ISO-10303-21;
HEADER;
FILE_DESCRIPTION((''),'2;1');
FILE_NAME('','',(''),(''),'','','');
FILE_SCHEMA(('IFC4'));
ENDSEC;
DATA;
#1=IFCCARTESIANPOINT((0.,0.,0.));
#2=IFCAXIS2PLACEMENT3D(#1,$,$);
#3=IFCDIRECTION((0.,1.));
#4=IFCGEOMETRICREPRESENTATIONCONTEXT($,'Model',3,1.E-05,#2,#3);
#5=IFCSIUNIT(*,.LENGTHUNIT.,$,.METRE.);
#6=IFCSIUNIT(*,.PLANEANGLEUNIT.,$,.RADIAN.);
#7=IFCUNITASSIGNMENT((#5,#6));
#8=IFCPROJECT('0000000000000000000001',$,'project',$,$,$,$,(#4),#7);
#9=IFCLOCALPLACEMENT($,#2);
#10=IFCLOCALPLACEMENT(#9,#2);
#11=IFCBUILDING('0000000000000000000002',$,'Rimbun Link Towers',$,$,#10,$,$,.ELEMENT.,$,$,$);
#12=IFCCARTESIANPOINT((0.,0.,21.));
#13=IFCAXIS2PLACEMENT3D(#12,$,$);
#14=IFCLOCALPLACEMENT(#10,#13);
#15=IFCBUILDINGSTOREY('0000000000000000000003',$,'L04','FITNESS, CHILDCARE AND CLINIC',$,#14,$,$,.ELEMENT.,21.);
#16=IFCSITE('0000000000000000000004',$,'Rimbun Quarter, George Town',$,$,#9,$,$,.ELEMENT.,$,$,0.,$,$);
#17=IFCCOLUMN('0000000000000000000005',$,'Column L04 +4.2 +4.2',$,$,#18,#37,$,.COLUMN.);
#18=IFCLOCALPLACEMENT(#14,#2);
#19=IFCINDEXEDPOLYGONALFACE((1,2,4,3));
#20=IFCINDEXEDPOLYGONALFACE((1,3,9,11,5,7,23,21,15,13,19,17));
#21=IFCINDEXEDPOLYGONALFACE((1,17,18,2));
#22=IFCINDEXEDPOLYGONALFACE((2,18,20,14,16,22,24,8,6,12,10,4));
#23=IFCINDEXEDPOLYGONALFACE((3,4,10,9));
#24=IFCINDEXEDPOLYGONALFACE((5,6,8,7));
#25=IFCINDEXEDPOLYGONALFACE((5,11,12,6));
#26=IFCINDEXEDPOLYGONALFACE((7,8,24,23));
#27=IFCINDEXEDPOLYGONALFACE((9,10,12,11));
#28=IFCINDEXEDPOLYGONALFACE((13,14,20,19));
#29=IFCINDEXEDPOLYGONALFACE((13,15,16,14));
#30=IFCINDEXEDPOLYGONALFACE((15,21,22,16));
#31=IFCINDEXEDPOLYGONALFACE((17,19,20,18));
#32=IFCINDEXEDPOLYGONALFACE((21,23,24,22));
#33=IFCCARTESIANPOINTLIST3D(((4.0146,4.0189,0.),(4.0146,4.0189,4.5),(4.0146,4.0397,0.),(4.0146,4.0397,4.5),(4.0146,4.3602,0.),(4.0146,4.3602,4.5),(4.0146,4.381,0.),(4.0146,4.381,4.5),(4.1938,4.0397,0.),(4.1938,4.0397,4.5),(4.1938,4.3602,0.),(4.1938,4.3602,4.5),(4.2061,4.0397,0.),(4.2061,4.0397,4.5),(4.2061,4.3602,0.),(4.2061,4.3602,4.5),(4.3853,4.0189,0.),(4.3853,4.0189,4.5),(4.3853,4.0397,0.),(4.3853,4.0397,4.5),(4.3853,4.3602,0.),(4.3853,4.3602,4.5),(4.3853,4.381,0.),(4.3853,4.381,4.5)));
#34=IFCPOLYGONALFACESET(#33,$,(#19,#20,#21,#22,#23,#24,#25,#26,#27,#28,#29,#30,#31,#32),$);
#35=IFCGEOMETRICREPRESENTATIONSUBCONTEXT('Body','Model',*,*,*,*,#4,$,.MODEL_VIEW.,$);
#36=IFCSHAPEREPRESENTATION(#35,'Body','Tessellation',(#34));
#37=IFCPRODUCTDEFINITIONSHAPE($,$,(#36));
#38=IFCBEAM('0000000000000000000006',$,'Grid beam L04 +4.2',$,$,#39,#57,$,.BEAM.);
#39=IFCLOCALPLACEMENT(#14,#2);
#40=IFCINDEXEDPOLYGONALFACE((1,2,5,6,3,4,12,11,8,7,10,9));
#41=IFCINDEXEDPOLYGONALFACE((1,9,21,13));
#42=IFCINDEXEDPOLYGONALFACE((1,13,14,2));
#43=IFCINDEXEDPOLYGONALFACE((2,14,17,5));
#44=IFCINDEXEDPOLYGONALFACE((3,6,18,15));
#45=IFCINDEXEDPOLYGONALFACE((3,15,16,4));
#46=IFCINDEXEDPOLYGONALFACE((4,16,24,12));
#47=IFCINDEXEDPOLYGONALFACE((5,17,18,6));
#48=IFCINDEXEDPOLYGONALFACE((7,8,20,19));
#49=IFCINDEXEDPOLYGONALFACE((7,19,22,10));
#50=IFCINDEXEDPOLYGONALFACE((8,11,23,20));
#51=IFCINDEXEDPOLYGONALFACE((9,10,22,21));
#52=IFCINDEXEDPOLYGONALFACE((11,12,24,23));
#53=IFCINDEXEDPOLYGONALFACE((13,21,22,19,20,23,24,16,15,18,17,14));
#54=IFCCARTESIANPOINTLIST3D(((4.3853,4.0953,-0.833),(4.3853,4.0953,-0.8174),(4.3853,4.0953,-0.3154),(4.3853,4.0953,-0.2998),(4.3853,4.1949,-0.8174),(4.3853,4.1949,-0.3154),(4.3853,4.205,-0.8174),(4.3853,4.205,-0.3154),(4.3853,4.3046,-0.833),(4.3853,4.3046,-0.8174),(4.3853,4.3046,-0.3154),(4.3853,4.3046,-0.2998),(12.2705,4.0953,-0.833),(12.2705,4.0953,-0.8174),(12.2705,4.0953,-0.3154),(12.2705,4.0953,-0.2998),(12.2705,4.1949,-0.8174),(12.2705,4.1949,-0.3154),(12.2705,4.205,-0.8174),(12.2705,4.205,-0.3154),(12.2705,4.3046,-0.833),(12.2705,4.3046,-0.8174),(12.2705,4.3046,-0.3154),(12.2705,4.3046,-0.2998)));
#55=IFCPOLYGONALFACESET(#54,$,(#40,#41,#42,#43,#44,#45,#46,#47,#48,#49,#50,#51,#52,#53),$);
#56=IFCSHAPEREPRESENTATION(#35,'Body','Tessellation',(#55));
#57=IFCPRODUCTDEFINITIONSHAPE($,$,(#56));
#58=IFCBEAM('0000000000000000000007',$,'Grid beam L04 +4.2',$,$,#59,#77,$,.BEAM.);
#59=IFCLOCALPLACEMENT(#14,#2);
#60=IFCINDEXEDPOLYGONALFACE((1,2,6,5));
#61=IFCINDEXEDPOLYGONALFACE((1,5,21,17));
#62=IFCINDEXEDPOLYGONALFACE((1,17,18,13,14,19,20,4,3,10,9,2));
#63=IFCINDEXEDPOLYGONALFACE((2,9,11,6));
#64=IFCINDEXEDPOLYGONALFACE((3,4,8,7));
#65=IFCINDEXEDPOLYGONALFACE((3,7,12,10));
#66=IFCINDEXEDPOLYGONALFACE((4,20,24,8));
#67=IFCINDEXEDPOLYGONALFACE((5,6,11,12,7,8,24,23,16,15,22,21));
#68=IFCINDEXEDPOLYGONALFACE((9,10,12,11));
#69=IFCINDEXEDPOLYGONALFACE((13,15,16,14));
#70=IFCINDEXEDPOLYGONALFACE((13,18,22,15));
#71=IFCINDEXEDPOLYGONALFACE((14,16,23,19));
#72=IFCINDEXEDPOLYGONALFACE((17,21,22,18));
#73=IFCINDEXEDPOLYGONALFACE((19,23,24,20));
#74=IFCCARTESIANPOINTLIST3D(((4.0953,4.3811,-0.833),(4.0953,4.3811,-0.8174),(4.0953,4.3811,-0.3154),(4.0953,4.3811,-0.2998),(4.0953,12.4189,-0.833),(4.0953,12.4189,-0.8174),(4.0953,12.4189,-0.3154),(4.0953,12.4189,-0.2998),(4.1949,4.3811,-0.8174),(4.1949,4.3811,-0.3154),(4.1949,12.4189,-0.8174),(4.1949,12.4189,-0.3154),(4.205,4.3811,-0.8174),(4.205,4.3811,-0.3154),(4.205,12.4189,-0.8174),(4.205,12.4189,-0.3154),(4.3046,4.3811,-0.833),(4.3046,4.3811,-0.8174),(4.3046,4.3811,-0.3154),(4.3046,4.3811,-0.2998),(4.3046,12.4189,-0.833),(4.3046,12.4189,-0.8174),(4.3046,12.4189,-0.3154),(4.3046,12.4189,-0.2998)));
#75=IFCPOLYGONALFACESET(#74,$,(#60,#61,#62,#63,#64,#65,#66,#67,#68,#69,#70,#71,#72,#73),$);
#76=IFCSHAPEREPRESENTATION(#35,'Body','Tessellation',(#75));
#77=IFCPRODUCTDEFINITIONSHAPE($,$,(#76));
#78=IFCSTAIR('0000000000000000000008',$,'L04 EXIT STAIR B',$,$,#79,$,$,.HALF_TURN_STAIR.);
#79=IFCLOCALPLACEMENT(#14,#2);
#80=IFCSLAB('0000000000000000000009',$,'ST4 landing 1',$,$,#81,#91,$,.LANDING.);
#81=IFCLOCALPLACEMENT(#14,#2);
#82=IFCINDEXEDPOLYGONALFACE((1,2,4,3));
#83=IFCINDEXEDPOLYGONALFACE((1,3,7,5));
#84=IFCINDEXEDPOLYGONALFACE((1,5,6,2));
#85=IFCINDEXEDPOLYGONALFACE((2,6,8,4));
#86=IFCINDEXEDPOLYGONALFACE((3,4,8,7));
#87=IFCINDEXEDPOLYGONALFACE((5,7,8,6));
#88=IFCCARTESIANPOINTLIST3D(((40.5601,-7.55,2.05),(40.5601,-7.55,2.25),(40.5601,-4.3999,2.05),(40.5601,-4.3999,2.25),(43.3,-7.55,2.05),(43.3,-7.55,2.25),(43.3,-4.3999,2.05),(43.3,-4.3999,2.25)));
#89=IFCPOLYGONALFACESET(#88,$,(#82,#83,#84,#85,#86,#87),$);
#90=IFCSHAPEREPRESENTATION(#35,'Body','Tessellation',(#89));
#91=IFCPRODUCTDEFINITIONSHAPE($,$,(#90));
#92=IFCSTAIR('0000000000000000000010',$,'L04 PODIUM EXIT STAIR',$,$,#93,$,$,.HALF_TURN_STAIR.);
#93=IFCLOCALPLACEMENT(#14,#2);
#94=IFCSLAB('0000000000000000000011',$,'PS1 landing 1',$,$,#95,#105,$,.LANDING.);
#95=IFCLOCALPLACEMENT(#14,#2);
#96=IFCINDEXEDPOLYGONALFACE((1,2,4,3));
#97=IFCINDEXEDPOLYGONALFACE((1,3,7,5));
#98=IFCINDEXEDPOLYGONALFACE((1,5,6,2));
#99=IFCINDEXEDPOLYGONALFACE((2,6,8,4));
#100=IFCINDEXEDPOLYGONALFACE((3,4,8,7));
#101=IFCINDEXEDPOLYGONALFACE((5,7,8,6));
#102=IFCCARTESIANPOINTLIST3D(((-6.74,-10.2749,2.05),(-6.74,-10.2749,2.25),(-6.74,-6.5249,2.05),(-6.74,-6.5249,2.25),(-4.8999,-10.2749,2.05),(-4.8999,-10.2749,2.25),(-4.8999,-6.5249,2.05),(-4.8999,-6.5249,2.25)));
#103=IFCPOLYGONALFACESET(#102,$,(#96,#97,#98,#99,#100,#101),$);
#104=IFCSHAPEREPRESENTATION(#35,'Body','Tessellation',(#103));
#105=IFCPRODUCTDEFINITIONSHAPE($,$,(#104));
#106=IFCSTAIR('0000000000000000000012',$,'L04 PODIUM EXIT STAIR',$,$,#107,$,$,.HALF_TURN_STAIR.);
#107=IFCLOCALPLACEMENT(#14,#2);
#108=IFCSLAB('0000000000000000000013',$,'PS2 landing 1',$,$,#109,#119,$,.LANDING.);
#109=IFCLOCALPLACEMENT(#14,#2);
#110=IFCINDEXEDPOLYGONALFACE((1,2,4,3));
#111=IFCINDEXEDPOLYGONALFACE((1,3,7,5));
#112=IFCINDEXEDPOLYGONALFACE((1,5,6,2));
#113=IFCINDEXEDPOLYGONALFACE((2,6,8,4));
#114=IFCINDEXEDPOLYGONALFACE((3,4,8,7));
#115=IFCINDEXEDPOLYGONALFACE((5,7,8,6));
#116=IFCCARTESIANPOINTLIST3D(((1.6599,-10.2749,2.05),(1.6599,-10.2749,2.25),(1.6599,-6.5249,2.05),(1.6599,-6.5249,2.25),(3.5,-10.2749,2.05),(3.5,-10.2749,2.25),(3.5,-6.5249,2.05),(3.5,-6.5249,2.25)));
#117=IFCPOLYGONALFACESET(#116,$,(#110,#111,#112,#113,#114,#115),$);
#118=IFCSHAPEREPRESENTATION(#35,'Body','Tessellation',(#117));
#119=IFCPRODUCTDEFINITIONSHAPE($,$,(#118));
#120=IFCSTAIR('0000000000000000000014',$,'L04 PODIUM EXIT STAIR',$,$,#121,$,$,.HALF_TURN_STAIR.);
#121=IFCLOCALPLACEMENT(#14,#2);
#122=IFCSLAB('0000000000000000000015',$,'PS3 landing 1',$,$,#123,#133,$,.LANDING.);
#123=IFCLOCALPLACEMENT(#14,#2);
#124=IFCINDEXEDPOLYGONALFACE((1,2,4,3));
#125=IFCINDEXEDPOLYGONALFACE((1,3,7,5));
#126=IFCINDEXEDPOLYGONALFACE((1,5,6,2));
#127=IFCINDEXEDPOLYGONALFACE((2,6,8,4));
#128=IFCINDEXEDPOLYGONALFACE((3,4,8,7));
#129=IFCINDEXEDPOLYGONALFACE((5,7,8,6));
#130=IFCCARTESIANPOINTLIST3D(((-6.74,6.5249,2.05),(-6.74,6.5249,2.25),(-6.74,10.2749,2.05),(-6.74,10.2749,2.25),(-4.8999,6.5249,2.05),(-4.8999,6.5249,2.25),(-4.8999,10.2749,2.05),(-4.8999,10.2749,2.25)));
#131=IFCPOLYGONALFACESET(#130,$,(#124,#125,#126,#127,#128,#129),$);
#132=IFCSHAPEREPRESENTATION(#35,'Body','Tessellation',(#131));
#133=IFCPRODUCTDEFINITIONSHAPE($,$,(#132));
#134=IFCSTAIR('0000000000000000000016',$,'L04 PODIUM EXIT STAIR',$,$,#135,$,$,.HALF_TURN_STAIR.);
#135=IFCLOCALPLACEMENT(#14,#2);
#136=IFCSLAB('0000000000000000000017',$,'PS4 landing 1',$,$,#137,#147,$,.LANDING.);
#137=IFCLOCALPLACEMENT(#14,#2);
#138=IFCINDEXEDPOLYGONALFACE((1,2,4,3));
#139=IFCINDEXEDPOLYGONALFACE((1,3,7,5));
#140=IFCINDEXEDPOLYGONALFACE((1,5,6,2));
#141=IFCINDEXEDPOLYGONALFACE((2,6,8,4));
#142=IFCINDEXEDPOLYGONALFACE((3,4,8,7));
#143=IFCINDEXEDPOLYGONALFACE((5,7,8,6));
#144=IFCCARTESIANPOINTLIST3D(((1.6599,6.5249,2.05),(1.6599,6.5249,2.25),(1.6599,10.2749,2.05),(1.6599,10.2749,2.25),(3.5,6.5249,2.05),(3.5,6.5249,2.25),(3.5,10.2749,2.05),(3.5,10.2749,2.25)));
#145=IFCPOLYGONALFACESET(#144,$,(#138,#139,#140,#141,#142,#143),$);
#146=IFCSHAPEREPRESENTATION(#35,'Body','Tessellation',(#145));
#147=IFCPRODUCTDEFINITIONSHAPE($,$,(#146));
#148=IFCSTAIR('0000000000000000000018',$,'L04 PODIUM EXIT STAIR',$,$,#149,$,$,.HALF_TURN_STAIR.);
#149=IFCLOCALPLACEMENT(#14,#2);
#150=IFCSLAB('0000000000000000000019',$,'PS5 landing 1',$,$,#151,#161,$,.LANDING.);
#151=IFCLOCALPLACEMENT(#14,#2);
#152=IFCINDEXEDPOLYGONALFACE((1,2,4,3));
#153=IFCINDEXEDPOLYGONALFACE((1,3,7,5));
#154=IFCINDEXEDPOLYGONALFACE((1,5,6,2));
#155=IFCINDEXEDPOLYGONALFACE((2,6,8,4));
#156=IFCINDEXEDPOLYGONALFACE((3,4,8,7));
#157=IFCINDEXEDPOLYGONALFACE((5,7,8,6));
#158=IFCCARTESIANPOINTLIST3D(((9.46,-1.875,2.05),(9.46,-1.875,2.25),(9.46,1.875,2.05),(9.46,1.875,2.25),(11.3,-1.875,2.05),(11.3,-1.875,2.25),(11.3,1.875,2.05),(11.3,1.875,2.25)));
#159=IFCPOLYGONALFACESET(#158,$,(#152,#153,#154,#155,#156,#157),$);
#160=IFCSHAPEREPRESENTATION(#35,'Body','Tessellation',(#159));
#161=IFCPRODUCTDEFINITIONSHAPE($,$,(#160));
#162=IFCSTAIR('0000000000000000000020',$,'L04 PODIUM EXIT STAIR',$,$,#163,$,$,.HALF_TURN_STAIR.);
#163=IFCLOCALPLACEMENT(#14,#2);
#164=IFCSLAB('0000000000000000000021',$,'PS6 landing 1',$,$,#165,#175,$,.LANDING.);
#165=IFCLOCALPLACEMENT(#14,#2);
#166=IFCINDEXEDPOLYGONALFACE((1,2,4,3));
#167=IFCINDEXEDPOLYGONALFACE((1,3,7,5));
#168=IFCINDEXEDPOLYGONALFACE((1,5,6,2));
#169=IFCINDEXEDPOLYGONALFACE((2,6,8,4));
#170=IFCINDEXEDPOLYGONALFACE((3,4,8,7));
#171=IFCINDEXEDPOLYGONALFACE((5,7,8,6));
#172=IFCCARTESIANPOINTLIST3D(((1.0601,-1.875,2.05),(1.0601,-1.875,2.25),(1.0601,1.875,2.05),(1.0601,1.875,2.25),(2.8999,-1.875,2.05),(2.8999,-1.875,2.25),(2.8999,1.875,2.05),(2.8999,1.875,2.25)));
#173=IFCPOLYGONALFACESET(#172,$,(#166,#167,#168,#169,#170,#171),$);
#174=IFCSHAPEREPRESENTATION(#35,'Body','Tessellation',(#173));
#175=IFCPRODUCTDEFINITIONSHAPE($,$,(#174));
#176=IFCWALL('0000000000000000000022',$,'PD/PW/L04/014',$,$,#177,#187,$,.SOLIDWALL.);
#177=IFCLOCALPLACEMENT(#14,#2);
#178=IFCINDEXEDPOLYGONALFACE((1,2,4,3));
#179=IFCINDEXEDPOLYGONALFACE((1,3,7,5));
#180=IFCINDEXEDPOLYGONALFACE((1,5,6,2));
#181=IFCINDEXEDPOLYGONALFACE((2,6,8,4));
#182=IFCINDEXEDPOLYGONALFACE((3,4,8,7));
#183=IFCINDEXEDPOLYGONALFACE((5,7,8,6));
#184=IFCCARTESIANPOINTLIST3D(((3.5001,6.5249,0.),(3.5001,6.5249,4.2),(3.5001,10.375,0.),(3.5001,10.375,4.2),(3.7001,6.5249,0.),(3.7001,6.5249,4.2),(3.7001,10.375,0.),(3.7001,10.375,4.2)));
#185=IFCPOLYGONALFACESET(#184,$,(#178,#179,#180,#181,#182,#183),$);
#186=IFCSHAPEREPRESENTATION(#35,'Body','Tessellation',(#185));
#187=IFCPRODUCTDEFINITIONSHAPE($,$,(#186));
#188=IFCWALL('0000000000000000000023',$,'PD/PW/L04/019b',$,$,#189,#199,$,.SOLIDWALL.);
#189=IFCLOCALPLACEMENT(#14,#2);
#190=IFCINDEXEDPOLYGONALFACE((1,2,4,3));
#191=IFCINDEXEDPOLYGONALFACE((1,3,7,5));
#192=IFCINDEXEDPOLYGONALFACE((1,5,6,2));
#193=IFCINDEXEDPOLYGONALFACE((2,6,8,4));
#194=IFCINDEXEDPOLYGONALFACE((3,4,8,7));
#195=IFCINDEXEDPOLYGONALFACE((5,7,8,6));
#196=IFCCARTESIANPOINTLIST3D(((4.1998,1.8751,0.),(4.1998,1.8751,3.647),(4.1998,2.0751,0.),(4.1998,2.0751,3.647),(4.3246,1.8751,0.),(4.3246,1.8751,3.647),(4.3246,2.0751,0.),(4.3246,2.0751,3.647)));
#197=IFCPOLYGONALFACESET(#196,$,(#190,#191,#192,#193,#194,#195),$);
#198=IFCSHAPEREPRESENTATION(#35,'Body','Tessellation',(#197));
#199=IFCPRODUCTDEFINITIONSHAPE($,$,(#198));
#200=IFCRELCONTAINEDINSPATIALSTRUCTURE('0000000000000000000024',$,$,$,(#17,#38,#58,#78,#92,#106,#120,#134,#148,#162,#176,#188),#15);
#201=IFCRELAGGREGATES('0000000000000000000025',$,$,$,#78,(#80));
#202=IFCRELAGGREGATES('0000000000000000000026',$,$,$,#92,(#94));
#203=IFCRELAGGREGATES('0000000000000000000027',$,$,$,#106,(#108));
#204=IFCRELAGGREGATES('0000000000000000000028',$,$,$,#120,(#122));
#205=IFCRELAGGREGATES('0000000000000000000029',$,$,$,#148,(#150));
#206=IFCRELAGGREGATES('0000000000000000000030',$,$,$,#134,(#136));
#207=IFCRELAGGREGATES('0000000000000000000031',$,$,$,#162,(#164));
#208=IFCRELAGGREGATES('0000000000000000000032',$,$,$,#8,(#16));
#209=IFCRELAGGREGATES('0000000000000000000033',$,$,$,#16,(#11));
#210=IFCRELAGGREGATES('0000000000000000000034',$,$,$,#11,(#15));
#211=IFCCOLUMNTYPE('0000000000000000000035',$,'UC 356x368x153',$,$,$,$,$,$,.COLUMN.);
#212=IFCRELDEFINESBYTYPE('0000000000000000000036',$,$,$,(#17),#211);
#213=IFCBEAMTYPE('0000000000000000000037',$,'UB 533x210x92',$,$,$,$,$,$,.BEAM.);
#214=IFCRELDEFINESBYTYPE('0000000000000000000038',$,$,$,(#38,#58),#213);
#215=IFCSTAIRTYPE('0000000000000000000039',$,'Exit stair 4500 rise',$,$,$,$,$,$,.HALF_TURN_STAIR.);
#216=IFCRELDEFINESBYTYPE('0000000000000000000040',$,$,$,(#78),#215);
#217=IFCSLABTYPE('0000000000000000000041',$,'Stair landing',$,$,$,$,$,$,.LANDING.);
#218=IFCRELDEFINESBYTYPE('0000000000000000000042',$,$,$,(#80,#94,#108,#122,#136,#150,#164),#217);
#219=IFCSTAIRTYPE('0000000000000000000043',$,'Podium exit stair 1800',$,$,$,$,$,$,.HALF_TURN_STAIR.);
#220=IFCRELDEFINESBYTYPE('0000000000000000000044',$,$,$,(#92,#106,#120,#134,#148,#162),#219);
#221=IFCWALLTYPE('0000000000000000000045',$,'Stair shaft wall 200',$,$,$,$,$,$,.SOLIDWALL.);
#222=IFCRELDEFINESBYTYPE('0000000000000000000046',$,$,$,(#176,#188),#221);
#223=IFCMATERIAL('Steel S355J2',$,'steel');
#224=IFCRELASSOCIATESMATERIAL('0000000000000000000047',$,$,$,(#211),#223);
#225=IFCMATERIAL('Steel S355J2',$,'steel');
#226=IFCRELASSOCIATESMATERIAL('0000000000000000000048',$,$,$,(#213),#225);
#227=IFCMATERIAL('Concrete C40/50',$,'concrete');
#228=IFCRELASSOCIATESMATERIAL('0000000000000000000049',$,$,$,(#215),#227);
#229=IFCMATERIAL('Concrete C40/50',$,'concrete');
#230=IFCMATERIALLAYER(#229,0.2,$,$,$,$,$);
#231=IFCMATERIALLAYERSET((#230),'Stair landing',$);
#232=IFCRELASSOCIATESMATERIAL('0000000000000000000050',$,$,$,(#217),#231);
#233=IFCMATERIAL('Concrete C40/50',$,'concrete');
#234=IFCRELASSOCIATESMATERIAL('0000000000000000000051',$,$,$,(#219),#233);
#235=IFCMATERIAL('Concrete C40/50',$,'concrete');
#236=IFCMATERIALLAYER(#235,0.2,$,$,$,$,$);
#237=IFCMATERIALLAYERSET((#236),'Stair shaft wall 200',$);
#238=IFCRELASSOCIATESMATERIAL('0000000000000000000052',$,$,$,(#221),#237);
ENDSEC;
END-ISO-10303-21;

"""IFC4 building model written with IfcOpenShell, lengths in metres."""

from ifc_helpers import new_model, si_unit, direction, frame, frame_2d, origin, origin_2d, place, context, subcontext, project, spatial, polyline, rectangle, i_section, outline, extrude, material, layer, layer_set, material_profile, profile_set, type_object, element, aggregate, save


model = new_model("IFC4")

# Units and contexts
model_context = context("Model", 3, precision=1e-05, world=origin(), true_north=direction((0.0, 1.0)))
body_context = subcontext(model_context, "Body", "Model", "MODEL_VIEW")
ifc_project = project(units=[si_unit("LENGTHUNIT", "METRE"), si_unit("PLANEANGLEUNIT", "RADIAN")], contexts=[model_context])

# Site, building, storey
site_placement = place(None, origin())
site = spatial("IfcSite", under=ifc_project, at=site_placement, Name="Rimbun Quarter, George Town", CompositionType="ELEMENT", RefElevation=0.0)
building_placement = place(site_placement, origin())
building = spatial("IfcBuilding", under=site, at=building_placement, Name="Rimbun Link Towers", CompositionType="ELEMENT")
storey_placement = place(building_placement, frame((0.0, 0.0, 21.0)))
storey = spatial("IfcBuildingStorey", under=building, at=storey_placement, Name="L04", Description="FITNESS, CHILDCARE AND CLINIC", CompositionType="ELEMENT", Elevation=21.0)

# Column
ifc_material_1 = material(Name="Steel S355J2", Category="steel")
ifc_material_profile_1 = material_profile(ifc_material_1, i_section(OverallWidth=0.3706, OverallDepth=0.3621, WebThickness=0.0122, FlangeThickness=0.0208, at=origin_2d()), Name="UC 356x368x153")
ifc_profile_set_1 = profile_set([ifc_material_profile_1], Name="Steel S355J2")
column_type = type_object("IfcColumnType", Name="UC 356x368x153", PredefinedType="COLUMN", material=ifc_profile_set_1)
column_placement = place(storey_placement, frame((4.2, 4.2, 0.0), z_axis=(0.0, 0.0, 1.0), x_axis=(1.0, 0.0, 0.0)))
element("IfcColumn", 1, at=column_placement, inside=storey, type_object=column_type, Name="Column L04 +4.2 +4.2", PredefinedType="COLUMN", context=body_context, shape_type="SweptSolid", body=[
    extrude(i_section(OverallWidth=0.3706, OverallDepth=0.3621, WebThickness=0.0122, FlangeThickness=0.0208, at=origin_2d()), origin(), (0.0, 0.0, 1.0), 4.5),
])

# Beams
ifc_material_2 = material(Name="Steel S355J2", Category="steel")
ifc_material_profile_2 = material_profile(ifc_material_2, i_section(OverallWidth=0.2092, OverallDepth=0.5332, WebThickness=0.01, FlangeThickness=0.0156, at=origin_2d()), Name="UB 533x210x92")
ifc_profile_set_2 = profile_set([ifc_material_profile_2], Name="Steel S355J2")
beam_type = type_object("IfcBeamType", Name="UB 533x210x92", PredefinedType="BEAM", material=ifc_profile_set_2)
beam_1_placement = place(storey_placement, frame((4.3853, 4.2, -0.5664), z_axis=(1.0, 0.0, 0.0), x_axis=(0.0, 1.0, 0.0)))
element("IfcBeam", 2, at=beam_1_placement, inside=storey, type_object=beam_type, Name="Grid beam L04 +4.2", PredefinedType="BEAM", context=body_context, shape_type="SweptSolid", body=[
    extrude(i_section(OverallWidth=0.2092, OverallDepth=0.5332, WebThickness=0.01, FlangeThickness=0.0156, at=origin_2d()), origin(), (0.0, 0.0, 1.0), 7.8853),
])
beam_2_placement = place(storey_placement, frame((4.2, 4.3811, -0.5664), z_axis=(0.0, 1.0, 0.0), x_axis=(-1.0, 0.0, 0.0)))
element("IfcBeam", 3, at=beam_2_placement, inside=storey, type_object=beam_type, Name="Grid beam L04 +4.2", PredefinedType="BEAM", context=body_context, shape_type="SweptSolid", body=[
    extrude(i_section(OverallWidth=0.2092, OverallDepth=0.5332, WebThickness=0.01, FlangeThickness=0.0156, at=origin_2d()), origin(), (0.0, 0.0, 1.0), 8.0378),
])

# Stairs, slabs
ifc_material_3 = material(Name="Concrete C40/50", Category="concrete")
stair_type_1 = type_object("IfcStairType", Name="Exit stair 4500 rise", PredefinedType="HALF_TURN_STAIR", material=ifc_material_3)
stair_1_placement = place(storey_placement, origin())
stair_1 = element("IfcStair", 4, at=stair_1_placement, inside=storey, type_object=stair_type_1, Name="L04 EXIT STAIR B", PredefinedType="HALF_TURN_STAIR")
ifc_material_4 = material(Name="Concrete C40/50", Category="concrete")
ifc_layer_1 = layer(ifc_material_4, 0.2)
ifc_layer_set_1 = layer_set([ifc_layer_1], Name="Stair landing")
slab_type = type_object("IfcSlabType", Name="Stair landing", PredefinedType="LANDING", material=ifc_layer_set_1)
slab_1_placement = place(storey_placement, frame((0.0, 0.0, 2.05)))
slab_1 = element("IfcSlab", 5, at=slab_1_placement, type_object=slab_type, Name="ST4 landing 1", PredefinedType="LANDING", context=body_context, shape_type="SweptSolid", body=[
    extrude(outline(polyline([(40.5601, -7.55), (43.3, -7.55), (43.3, -4.3999), (40.5601, -4.3999), (40.5601, -7.55)])), origin(), (0.0, 0.0, 1.0), 0.2),
])
aggregate(stair_1, [slab_1])
ifc_material_5 = material(Name="Concrete C40/50", Category="concrete")
stair_type_2 = type_object("IfcStairType", Name="Podium exit stair 1800", PredefinedType="HALF_TURN_STAIR", material=ifc_material_5)
stair_2_placement = place(storey_placement, origin())
stair_2 = element("IfcStair", 6, at=stair_2_placement, inside=storey, type_object=stair_type_2, Name="L04 PODIUM EXIT STAIR", PredefinedType="HALF_TURN_STAIR")
slab_2_placement = place(storey_placement, frame((0.0, 0.0, 2.05)))
slab_2 = element("IfcSlab", 7, at=slab_2_placement, type_object=slab_type, Name="PS1 landing 1", PredefinedType="LANDING", context=body_context, shape_type="SweptSolid", body=[
    extrude(outline(polyline([(-6.74, -10.2749), (-4.8999, -10.2749), (-4.8999, -6.5249), (-6.74, -6.5249), (-6.74, -10.2749)])), origin(), (0.0, 0.0, 1.0), 0.2),
])
aggregate(stair_2, [slab_2])
stair_3_placement = place(storey_placement, origin())
stair_3 = element("IfcStair", 8, at=stair_3_placement, inside=storey, type_object=stair_type_2, Name="L04 PODIUM EXIT STAIR", PredefinedType="HALF_TURN_STAIR")
slab_3_placement = place(storey_placement, frame((0.0, 0.0, 2.05)))
slab_3 = element("IfcSlab", 9, at=slab_3_placement, type_object=slab_type, Name="PS2 landing 1", PredefinedType="LANDING", context=body_context, shape_type="SweptSolid", body=[
    extrude(outline(polyline([(1.6599, -10.2749), (3.5, -10.2749), (3.5, -6.5249), (1.6599, -6.5249), (1.6599, -10.2749)])), origin(), (0.0, 0.0, 1.0), 0.2),
])
aggregate(stair_3, [slab_3])
stair_4_placement = place(storey_placement, origin())
stair_4 = element("IfcStair", 10, at=stair_4_placement, inside=storey, type_object=stair_type_2, Name="L04 PODIUM EXIT STAIR", PredefinedType="HALF_TURN_STAIR")
slab_4_placement = place(storey_placement, frame((0.0, 0.0, 2.05)))
slab_4 = element("IfcSlab", 11, at=slab_4_placement, type_object=slab_type, Name="PS3 landing 1", PredefinedType="LANDING", context=body_context, shape_type="SweptSolid", body=[
    extrude(outline(polyline([(-6.74, 6.5249), (-4.8999, 6.5249), (-4.8999, 10.2749), (-6.74, 10.2749), (-6.74, 6.5249)])), origin(), (0.0, 0.0, 1.0), 0.2),
])
aggregate(stair_4, [slab_4])
stair_5_placement = place(storey_placement, origin())
stair_5 = element("IfcStair", 12, at=stair_5_placement, inside=storey, type_object=stair_type_2, Name="L04 PODIUM EXIT STAIR", PredefinedType="HALF_TURN_STAIR")
slab_5_placement = place(storey_placement, frame((0.0, 0.0, 2.05)))
slab_5 = element("IfcSlab", 13, at=slab_5_placement, type_object=slab_type, Name="PS4 landing 1", PredefinedType="LANDING", context=body_context, shape_type="SweptSolid", body=[
    extrude(outline(polyline([(1.6599, 6.5249), (3.5, 6.5249), (3.5, 10.2749), (1.6599, 10.2749), (1.6599, 6.5249)])), origin(), (0.0, 0.0, 1.0), 0.2),
])
stair_6_placement = place(storey_placement, origin())
stair_6 = element("IfcStair", 14, at=stair_6_placement, inside=storey, type_object=stair_type_2, Name="L04 PODIUM EXIT STAIR", PredefinedType="HALF_TURN_STAIR")
slab_6_placement = place(storey_placement, frame((0.0, 0.0, 2.05)))
slab_6 = element("IfcSlab", 15, at=slab_6_placement, type_object=slab_type, Name="PS5 landing 1", PredefinedType="LANDING", context=body_context, shape_type="SweptSolid", body=[
    extrude(outline(polyline([(9.46, -1.875), (11.3, -1.875), (11.3, 1.875), (9.46, 1.875), (9.46, -1.875)])), origin(), (0.0, 0.0, 1.0), 0.2),
])
aggregate(stair_6, [slab_6])
stair_7_placement = place(storey_placement, origin())
stair_7 = element("IfcStair", 16, at=stair_7_placement, inside=storey, type_object=stair_type_2, Name="L04 PODIUM EXIT STAIR", PredefinedType="HALF_TURN_STAIR")
slab_7_placement = place(storey_placement, frame((0.0, 0.0, 2.05)))
slab_7 = element("IfcSlab", 17, at=slab_7_placement, type_object=slab_type, Name="PS6 landing 1", PredefinedType="LANDING", context=body_context, shape_type="SweptSolid", body=[
    extrude(outline(polyline([(1.0601, -1.875), (2.8999, -1.875), (2.8999, 1.875), (1.0601, 1.875), (1.0601, -1.875)])), origin(), (0.0, 0.0, 1.0), 0.2),
])

# Walls
ifc_material_6 = material(Name="Concrete C40/50", Category="concrete")
ifc_layer_2 = layer(ifc_material_6, 0.2)
ifc_layer_set_2 = layer_set([ifc_layer_2], Name="Stair shaft wall 200")
wall_type = type_object("IfcWallType", Name="Stair shaft wall 200", PredefinedType="SOLIDWALL", material=ifc_layer_set_2)
wall_1_placement = place(storey_placement, frame((3.6001, 6.5249, 0.0), z_axis=(0.0, 0.0, 1.0), x_axis=(0.0, 1.0, 0.0)))
element("IfcWall", 18, at=wall_1_placement, inside=storey, type_object=wall_type, Name="PD/PW/L04/014", PredefinedType="SOLIDWALL", context=body_context, shape_type="SweptSolid", body=[
    extrude(rectangle(XDim=3.8501, YDim=0.2, at=frame_2d((1.925, 0.0))), origin(), (0.0, 0.0, 1.0), 4.2),
])
wall_2_placement = place(storey_placement, frame((4.3247, 1.9751, 0.0), z_axis=(0.0, 0.0, 1.0), x_axis=(-1.0, 0.0, 0.0)))
element("IfcWall", 19, at=wall_2_placement, inside=storey, type_object=wall_type, Name="PD/PW/L04/019b", PredefinedType="SOLIDWALL", context=body_context, shape_type="SweptSolid", body=[
    extrude(rectangle(XDim=0.1248, YDim=0.2, at=frame_2d((0.0625, 0.0))), origin(), (0.0, 0.0, 1.0), 3.647),
])

aggregate(stair_5, [slab_5])
aggregate(stair_7, [slab_7])

save(model, "model.ifc")
